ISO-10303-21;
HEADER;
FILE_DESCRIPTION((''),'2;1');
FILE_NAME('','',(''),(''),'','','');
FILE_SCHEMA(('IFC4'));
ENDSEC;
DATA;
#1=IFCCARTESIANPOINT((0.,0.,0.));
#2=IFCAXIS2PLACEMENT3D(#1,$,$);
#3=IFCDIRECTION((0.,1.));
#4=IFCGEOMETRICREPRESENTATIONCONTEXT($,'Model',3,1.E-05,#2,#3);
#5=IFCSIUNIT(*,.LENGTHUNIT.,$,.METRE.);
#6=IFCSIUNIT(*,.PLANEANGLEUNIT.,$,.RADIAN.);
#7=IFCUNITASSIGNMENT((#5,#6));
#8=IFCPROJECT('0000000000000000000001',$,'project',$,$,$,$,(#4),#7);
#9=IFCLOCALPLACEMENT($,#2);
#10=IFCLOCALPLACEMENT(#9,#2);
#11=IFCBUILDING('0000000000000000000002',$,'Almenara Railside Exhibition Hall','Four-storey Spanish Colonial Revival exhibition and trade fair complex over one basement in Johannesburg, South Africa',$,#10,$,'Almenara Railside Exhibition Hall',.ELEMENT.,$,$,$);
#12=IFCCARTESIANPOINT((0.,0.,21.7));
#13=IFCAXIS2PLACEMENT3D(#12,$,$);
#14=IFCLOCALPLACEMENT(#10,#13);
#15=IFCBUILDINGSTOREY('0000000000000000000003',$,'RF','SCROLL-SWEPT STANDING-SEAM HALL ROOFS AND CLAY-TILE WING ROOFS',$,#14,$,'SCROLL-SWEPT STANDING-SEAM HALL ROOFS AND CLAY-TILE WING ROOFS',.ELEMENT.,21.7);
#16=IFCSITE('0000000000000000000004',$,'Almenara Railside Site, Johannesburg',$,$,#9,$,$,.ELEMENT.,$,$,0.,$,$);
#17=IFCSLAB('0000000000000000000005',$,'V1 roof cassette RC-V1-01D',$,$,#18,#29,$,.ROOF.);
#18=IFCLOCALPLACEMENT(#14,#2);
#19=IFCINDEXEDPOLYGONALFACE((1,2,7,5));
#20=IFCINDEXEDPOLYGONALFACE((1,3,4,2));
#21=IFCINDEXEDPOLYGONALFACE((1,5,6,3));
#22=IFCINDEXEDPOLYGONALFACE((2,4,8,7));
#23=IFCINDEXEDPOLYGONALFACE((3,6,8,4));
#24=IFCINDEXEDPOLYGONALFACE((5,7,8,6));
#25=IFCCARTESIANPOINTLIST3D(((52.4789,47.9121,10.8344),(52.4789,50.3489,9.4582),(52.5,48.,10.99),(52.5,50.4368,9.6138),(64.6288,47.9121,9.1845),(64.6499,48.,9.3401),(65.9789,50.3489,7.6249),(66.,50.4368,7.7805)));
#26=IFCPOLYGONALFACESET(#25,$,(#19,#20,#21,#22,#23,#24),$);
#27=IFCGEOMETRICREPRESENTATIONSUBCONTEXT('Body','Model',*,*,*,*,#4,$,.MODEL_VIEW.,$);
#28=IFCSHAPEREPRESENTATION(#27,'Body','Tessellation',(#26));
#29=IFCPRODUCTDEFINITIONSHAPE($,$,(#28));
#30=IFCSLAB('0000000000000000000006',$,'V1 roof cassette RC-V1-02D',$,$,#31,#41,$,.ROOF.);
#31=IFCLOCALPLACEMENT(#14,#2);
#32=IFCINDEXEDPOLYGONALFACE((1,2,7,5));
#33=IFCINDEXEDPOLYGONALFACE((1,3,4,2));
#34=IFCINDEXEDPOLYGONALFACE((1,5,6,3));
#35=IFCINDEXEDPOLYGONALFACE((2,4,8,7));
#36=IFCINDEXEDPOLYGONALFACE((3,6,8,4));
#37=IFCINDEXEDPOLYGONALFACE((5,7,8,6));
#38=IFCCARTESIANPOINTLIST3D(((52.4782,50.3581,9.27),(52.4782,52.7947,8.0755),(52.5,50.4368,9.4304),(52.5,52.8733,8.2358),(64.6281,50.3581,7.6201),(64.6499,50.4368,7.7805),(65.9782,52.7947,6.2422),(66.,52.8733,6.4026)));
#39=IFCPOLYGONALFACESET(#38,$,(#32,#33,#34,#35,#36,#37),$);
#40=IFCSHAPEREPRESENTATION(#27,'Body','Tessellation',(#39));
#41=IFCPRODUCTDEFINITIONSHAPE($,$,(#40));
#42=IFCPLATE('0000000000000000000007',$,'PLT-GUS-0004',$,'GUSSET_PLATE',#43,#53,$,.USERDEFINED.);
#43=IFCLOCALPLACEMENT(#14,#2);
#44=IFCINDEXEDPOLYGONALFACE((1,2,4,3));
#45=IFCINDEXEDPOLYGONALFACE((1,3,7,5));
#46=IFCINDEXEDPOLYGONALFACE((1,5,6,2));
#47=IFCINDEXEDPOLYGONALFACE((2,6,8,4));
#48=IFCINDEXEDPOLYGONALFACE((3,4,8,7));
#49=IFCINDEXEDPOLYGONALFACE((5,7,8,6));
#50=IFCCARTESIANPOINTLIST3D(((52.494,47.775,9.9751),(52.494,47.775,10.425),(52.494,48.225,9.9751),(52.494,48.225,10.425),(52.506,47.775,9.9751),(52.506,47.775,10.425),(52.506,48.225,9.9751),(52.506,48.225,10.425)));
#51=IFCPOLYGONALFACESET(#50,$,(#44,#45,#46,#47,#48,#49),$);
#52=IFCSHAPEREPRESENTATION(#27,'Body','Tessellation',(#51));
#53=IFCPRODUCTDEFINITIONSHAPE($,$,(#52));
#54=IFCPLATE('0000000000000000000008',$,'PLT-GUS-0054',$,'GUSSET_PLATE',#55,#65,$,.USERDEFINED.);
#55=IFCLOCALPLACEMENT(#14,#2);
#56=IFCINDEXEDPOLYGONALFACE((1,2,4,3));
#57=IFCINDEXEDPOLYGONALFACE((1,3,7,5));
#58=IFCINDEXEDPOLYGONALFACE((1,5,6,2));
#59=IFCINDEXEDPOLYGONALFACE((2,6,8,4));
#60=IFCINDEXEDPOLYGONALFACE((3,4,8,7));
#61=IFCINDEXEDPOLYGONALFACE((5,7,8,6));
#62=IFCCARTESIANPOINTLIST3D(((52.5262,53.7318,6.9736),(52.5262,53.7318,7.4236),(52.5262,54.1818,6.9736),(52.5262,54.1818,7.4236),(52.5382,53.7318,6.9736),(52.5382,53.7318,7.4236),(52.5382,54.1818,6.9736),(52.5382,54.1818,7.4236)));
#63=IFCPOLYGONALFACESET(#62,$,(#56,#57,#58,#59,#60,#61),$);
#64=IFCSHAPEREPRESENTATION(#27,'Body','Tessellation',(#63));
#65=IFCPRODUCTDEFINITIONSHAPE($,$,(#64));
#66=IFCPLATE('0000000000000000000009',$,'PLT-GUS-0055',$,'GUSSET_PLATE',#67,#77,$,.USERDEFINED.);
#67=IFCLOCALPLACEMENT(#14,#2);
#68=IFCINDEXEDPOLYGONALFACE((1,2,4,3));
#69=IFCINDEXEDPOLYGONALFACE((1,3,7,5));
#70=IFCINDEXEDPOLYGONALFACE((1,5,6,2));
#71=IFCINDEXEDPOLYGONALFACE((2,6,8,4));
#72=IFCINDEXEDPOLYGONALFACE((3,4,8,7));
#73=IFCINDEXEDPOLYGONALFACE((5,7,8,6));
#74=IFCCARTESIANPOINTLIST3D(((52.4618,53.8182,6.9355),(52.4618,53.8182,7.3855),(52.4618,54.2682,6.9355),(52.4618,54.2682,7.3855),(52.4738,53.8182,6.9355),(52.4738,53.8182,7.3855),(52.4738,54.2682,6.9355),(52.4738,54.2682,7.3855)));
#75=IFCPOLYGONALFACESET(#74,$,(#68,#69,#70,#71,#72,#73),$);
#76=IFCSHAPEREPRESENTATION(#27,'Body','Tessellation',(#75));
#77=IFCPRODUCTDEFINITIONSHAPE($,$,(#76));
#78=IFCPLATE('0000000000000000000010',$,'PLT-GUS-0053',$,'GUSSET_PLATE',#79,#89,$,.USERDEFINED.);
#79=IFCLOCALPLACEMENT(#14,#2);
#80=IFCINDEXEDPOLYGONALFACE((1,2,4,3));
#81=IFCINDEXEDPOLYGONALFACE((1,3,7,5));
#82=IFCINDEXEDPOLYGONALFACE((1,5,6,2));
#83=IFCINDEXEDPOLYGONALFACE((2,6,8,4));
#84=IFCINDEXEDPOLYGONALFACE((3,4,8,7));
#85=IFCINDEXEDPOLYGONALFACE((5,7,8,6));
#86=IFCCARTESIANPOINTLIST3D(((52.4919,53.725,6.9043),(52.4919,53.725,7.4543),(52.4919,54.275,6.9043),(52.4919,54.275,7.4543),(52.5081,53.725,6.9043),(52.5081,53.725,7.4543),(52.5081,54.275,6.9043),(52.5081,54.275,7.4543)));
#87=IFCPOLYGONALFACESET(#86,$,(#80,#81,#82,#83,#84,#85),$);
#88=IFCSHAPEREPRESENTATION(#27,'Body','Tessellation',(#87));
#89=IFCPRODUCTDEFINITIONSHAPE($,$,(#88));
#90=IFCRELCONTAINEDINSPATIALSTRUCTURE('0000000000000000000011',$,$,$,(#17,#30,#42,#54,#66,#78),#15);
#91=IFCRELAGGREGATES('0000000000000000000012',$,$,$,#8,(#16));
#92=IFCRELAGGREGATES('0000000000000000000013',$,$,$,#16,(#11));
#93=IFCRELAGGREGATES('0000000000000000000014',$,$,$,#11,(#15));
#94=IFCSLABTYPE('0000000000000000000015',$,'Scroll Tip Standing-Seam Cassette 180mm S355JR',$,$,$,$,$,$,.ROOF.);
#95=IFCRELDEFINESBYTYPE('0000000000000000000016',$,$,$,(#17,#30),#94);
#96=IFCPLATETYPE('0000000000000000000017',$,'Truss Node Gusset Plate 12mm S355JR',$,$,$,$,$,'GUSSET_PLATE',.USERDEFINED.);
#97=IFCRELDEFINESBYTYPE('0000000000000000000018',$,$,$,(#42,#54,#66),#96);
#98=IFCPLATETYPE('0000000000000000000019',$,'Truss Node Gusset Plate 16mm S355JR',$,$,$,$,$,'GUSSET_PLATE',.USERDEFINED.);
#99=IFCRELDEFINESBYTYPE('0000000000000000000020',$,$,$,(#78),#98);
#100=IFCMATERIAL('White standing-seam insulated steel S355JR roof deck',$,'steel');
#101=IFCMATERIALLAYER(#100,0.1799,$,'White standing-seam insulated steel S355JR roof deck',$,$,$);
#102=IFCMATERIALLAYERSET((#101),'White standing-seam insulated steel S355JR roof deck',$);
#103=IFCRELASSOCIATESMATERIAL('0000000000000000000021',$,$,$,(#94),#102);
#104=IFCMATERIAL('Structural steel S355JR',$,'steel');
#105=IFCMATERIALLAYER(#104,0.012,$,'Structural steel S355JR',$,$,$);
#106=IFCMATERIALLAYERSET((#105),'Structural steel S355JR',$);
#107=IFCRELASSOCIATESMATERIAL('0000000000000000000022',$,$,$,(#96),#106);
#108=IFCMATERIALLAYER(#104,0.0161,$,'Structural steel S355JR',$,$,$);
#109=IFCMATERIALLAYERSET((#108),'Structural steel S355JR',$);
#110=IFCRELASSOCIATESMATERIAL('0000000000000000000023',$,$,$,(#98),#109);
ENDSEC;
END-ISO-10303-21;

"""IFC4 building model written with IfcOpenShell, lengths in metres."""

from ifc_helpers import new_model, si_unit, direction, frame, origin, origin_2d, place, context, subcontext, project, spatial, polyline, rectangle, outline, extrude, material, layer, layer_set, type_object, element, save


model = new_model("IFC4")

# Units and contexts
model_context = context("Model", 3, precision=1e-05, world=origin(), true_north=direction((0.0, 1.0)))
body_context = subcontext(model_context, "Body", "Model", "MODEL_VIEW")
ifc_project = project(units=[si_unit("LENGTHUNIT", "METRE"), si_unit("PLANEANGLEUNIT", "RADIAN")], contexts=[model_context])

# Site, building, storey
site_placement = place(None, origin())
site = spatial("IfcSite", under=ifc_project, at=site_placement, Name="Almenara Railside Site, Johannesburg", CompositionType="ELEMENT", RefElevation=0.0)
building_placement = place(site_placement, origin())
building = spatial("IfcBuilding", under=site, at=building_placement, Name="Almenara Railside Exhibition Hall", Description="Four-storey Spanish Colonial Revival exhibition and trade fair complex over one basement in Johannesburg, South Africa", LongName="Almenara Railside Exhibition Hall", CompositionType="ELEMENT")
storey_placement = place(building_placement, frame((0.0, 0.0, 21.7)))
storey = spatial("IfcBuildingStorey", under=building, at=storey_placement, Name="RF", Description="SCROLL-SWEPT STANDING-SEAM HALL ROOFS AND CLAY-TILE WING ROOFS", LongName="SCROLL-SWEPT STANDING-SEAM HALL ROOFS AND CLAY-TILE WING ROOFS", CompositionType="ELEMENT", Elevation=21.7)

# Shared definitions
ifc_material_1 = material(Name="Structural steel S355JR", Category="steel")

# Slabs
ifc_material_2 = material(Name="White standing-seam insulated steel S355JR roof deck", Category="steel")
ifc_layer_1 = layer(ifc_material_2, 0.1799, Name="White standing-seam insulated steel S355JR roof deck")
ifc_layer_set_1 = layer_set([ifc_layer_1], Name="White standing-seam insulated steel S355JR roof deck")
slab_type_1 = type_object("IfcSlabType", Name="Scroll Tip Standing-Seam Cassette 180mm S355JR", PredefinedType="ROOF", material=ifc_layer_set_1)
slab_1_placement = place(storey_placement, frame((52.5, 48.0, 10.99), z_axis=(0.117423, 0.488364, 0.864704), x_axis=(0.990905, 0.0, -0.134561)))
element("IfcSlab", 1, at=slab_1_placement, inside=storey, type_object=slab_type_1, Name="V1 roof cassette RC-V1-01D", PredefinedType="ROOF", context=body_context, shape_type="SweptSolid", body=[
    extrude(outline(polyline([(0.0, 0.0), (12.2614, 0.0), (13.8091, 2.7924), (0.1852, 2.7924), (0.0, 0.0)])), origin(), (0.0, 0.0, -1.0), 0.1799),
])
slab_2_placement = place(storey_placement, frame((52.5, 50.4368, 9.4304), z_axis=(0.121033, 0.436984, 0.891289), x_axis=(0.990905, 0.0, -0.134561)))
element("IfcSlab", 2, at=slab_2_placement, inside=storey, type_object=slab_type_1, Name="V1 roof cassette RC-V1-02D", PredefinedType="ROOF", context=body_context, shape_type="SweptSolid", body=[
    extrude(outline(polyline([(0.0, 0.0), (12.2614, 0.0), (13.7846, 2.7088), (0.1607, 2.7088), (0.0, 0.0)])), origin(), (0.0, 0.0, -1.0), 0.1799),
])

# Plates
ifc_layer_2 = layer(ifc_material_1, 0.012, Name="Structural steel S355JR")
ifc_layer_set_2 = layer_set([ifc_layer_2], Name="Structural steel S355JR")
plate_type_1 = type_object("IfcPlateType", Name="Truss Node Gusset Plate 12mm S355JR", ElementType="GUSSET_PLATE", PredefinedType="USERDEFINED", material=ifc_layer_set_2)
for number, where, z_axis, x_axis, name in (
    (3, (52.5, 48.0, 9.9751), (0.0, 0.0, 1.0), (0.0, 1.0, 0.0), "PLT-GUS-0004"),
    (4, (52.5322, 53.9568, 6.9736), (0.0, 0.0, 1.0), (0.0, 1.0, 0.0), "PLT-GUS-0054"),
    (5, (52.4678, 54.0432, 6.9355), (0.0, 0.0, 1.0), (0.0, 1.0, 0.0), "PLT-GUS-0055"),
):
    element("IfcPlate", number, at=place(storey_placement, frame(where, z_axis=z_axis, x_axis=x_axis)), inside=storey, type_object=plate_type_1, Name=name, ObjectType="GUSSET_PLATE", PredefinedType="USERDEFINED", context=body_context, shape_type="SweptSolid", body=[
        extrude(rectangle(XDim=0.45, YDim=0.012, at=origin_2d()), origin(), (0.0, 0.0, 1.0), 0.45),
    ])
ifc_layer_3 = layer(ifc_material_1, 0.0161, Name="Structural steel S355JR")
ifc_layer_set_3 = layer_set([ifc_layer_3], Name="Structural steel S355JR")
plate_type_2 = type_object("IfcPlateType", Name="Truss Node Gusset Plate 16mm S355JR", ElementType="GUSSET_PLATE", PredefinedType="USERDEFINED", material=ifc_layer_set_3)
plate_1_placement = place(storey_placement, frame((52.5, 54.0, 6.9043), z_axis=(0.0, 0.0, 1.0), x_axis=(0.0, 1.0, 0.0)))
element("IfcPlate", 6, at=plate_1_placement, inside=storey, type_object=plate_type_2, Name="PLT-GUS-0053", ObjectType="GUSSET_PLATE", PredefinedType="USERDEFINED", context=body_context, shape_type="SweptSolid", body=[
    extrude(rectangle(XDim=0.55, YDim=0.0161, at=origin_2d()), origin(), (0.0, 0.0, 1.0), 0.55),
])

save(model, "model.ifc")
